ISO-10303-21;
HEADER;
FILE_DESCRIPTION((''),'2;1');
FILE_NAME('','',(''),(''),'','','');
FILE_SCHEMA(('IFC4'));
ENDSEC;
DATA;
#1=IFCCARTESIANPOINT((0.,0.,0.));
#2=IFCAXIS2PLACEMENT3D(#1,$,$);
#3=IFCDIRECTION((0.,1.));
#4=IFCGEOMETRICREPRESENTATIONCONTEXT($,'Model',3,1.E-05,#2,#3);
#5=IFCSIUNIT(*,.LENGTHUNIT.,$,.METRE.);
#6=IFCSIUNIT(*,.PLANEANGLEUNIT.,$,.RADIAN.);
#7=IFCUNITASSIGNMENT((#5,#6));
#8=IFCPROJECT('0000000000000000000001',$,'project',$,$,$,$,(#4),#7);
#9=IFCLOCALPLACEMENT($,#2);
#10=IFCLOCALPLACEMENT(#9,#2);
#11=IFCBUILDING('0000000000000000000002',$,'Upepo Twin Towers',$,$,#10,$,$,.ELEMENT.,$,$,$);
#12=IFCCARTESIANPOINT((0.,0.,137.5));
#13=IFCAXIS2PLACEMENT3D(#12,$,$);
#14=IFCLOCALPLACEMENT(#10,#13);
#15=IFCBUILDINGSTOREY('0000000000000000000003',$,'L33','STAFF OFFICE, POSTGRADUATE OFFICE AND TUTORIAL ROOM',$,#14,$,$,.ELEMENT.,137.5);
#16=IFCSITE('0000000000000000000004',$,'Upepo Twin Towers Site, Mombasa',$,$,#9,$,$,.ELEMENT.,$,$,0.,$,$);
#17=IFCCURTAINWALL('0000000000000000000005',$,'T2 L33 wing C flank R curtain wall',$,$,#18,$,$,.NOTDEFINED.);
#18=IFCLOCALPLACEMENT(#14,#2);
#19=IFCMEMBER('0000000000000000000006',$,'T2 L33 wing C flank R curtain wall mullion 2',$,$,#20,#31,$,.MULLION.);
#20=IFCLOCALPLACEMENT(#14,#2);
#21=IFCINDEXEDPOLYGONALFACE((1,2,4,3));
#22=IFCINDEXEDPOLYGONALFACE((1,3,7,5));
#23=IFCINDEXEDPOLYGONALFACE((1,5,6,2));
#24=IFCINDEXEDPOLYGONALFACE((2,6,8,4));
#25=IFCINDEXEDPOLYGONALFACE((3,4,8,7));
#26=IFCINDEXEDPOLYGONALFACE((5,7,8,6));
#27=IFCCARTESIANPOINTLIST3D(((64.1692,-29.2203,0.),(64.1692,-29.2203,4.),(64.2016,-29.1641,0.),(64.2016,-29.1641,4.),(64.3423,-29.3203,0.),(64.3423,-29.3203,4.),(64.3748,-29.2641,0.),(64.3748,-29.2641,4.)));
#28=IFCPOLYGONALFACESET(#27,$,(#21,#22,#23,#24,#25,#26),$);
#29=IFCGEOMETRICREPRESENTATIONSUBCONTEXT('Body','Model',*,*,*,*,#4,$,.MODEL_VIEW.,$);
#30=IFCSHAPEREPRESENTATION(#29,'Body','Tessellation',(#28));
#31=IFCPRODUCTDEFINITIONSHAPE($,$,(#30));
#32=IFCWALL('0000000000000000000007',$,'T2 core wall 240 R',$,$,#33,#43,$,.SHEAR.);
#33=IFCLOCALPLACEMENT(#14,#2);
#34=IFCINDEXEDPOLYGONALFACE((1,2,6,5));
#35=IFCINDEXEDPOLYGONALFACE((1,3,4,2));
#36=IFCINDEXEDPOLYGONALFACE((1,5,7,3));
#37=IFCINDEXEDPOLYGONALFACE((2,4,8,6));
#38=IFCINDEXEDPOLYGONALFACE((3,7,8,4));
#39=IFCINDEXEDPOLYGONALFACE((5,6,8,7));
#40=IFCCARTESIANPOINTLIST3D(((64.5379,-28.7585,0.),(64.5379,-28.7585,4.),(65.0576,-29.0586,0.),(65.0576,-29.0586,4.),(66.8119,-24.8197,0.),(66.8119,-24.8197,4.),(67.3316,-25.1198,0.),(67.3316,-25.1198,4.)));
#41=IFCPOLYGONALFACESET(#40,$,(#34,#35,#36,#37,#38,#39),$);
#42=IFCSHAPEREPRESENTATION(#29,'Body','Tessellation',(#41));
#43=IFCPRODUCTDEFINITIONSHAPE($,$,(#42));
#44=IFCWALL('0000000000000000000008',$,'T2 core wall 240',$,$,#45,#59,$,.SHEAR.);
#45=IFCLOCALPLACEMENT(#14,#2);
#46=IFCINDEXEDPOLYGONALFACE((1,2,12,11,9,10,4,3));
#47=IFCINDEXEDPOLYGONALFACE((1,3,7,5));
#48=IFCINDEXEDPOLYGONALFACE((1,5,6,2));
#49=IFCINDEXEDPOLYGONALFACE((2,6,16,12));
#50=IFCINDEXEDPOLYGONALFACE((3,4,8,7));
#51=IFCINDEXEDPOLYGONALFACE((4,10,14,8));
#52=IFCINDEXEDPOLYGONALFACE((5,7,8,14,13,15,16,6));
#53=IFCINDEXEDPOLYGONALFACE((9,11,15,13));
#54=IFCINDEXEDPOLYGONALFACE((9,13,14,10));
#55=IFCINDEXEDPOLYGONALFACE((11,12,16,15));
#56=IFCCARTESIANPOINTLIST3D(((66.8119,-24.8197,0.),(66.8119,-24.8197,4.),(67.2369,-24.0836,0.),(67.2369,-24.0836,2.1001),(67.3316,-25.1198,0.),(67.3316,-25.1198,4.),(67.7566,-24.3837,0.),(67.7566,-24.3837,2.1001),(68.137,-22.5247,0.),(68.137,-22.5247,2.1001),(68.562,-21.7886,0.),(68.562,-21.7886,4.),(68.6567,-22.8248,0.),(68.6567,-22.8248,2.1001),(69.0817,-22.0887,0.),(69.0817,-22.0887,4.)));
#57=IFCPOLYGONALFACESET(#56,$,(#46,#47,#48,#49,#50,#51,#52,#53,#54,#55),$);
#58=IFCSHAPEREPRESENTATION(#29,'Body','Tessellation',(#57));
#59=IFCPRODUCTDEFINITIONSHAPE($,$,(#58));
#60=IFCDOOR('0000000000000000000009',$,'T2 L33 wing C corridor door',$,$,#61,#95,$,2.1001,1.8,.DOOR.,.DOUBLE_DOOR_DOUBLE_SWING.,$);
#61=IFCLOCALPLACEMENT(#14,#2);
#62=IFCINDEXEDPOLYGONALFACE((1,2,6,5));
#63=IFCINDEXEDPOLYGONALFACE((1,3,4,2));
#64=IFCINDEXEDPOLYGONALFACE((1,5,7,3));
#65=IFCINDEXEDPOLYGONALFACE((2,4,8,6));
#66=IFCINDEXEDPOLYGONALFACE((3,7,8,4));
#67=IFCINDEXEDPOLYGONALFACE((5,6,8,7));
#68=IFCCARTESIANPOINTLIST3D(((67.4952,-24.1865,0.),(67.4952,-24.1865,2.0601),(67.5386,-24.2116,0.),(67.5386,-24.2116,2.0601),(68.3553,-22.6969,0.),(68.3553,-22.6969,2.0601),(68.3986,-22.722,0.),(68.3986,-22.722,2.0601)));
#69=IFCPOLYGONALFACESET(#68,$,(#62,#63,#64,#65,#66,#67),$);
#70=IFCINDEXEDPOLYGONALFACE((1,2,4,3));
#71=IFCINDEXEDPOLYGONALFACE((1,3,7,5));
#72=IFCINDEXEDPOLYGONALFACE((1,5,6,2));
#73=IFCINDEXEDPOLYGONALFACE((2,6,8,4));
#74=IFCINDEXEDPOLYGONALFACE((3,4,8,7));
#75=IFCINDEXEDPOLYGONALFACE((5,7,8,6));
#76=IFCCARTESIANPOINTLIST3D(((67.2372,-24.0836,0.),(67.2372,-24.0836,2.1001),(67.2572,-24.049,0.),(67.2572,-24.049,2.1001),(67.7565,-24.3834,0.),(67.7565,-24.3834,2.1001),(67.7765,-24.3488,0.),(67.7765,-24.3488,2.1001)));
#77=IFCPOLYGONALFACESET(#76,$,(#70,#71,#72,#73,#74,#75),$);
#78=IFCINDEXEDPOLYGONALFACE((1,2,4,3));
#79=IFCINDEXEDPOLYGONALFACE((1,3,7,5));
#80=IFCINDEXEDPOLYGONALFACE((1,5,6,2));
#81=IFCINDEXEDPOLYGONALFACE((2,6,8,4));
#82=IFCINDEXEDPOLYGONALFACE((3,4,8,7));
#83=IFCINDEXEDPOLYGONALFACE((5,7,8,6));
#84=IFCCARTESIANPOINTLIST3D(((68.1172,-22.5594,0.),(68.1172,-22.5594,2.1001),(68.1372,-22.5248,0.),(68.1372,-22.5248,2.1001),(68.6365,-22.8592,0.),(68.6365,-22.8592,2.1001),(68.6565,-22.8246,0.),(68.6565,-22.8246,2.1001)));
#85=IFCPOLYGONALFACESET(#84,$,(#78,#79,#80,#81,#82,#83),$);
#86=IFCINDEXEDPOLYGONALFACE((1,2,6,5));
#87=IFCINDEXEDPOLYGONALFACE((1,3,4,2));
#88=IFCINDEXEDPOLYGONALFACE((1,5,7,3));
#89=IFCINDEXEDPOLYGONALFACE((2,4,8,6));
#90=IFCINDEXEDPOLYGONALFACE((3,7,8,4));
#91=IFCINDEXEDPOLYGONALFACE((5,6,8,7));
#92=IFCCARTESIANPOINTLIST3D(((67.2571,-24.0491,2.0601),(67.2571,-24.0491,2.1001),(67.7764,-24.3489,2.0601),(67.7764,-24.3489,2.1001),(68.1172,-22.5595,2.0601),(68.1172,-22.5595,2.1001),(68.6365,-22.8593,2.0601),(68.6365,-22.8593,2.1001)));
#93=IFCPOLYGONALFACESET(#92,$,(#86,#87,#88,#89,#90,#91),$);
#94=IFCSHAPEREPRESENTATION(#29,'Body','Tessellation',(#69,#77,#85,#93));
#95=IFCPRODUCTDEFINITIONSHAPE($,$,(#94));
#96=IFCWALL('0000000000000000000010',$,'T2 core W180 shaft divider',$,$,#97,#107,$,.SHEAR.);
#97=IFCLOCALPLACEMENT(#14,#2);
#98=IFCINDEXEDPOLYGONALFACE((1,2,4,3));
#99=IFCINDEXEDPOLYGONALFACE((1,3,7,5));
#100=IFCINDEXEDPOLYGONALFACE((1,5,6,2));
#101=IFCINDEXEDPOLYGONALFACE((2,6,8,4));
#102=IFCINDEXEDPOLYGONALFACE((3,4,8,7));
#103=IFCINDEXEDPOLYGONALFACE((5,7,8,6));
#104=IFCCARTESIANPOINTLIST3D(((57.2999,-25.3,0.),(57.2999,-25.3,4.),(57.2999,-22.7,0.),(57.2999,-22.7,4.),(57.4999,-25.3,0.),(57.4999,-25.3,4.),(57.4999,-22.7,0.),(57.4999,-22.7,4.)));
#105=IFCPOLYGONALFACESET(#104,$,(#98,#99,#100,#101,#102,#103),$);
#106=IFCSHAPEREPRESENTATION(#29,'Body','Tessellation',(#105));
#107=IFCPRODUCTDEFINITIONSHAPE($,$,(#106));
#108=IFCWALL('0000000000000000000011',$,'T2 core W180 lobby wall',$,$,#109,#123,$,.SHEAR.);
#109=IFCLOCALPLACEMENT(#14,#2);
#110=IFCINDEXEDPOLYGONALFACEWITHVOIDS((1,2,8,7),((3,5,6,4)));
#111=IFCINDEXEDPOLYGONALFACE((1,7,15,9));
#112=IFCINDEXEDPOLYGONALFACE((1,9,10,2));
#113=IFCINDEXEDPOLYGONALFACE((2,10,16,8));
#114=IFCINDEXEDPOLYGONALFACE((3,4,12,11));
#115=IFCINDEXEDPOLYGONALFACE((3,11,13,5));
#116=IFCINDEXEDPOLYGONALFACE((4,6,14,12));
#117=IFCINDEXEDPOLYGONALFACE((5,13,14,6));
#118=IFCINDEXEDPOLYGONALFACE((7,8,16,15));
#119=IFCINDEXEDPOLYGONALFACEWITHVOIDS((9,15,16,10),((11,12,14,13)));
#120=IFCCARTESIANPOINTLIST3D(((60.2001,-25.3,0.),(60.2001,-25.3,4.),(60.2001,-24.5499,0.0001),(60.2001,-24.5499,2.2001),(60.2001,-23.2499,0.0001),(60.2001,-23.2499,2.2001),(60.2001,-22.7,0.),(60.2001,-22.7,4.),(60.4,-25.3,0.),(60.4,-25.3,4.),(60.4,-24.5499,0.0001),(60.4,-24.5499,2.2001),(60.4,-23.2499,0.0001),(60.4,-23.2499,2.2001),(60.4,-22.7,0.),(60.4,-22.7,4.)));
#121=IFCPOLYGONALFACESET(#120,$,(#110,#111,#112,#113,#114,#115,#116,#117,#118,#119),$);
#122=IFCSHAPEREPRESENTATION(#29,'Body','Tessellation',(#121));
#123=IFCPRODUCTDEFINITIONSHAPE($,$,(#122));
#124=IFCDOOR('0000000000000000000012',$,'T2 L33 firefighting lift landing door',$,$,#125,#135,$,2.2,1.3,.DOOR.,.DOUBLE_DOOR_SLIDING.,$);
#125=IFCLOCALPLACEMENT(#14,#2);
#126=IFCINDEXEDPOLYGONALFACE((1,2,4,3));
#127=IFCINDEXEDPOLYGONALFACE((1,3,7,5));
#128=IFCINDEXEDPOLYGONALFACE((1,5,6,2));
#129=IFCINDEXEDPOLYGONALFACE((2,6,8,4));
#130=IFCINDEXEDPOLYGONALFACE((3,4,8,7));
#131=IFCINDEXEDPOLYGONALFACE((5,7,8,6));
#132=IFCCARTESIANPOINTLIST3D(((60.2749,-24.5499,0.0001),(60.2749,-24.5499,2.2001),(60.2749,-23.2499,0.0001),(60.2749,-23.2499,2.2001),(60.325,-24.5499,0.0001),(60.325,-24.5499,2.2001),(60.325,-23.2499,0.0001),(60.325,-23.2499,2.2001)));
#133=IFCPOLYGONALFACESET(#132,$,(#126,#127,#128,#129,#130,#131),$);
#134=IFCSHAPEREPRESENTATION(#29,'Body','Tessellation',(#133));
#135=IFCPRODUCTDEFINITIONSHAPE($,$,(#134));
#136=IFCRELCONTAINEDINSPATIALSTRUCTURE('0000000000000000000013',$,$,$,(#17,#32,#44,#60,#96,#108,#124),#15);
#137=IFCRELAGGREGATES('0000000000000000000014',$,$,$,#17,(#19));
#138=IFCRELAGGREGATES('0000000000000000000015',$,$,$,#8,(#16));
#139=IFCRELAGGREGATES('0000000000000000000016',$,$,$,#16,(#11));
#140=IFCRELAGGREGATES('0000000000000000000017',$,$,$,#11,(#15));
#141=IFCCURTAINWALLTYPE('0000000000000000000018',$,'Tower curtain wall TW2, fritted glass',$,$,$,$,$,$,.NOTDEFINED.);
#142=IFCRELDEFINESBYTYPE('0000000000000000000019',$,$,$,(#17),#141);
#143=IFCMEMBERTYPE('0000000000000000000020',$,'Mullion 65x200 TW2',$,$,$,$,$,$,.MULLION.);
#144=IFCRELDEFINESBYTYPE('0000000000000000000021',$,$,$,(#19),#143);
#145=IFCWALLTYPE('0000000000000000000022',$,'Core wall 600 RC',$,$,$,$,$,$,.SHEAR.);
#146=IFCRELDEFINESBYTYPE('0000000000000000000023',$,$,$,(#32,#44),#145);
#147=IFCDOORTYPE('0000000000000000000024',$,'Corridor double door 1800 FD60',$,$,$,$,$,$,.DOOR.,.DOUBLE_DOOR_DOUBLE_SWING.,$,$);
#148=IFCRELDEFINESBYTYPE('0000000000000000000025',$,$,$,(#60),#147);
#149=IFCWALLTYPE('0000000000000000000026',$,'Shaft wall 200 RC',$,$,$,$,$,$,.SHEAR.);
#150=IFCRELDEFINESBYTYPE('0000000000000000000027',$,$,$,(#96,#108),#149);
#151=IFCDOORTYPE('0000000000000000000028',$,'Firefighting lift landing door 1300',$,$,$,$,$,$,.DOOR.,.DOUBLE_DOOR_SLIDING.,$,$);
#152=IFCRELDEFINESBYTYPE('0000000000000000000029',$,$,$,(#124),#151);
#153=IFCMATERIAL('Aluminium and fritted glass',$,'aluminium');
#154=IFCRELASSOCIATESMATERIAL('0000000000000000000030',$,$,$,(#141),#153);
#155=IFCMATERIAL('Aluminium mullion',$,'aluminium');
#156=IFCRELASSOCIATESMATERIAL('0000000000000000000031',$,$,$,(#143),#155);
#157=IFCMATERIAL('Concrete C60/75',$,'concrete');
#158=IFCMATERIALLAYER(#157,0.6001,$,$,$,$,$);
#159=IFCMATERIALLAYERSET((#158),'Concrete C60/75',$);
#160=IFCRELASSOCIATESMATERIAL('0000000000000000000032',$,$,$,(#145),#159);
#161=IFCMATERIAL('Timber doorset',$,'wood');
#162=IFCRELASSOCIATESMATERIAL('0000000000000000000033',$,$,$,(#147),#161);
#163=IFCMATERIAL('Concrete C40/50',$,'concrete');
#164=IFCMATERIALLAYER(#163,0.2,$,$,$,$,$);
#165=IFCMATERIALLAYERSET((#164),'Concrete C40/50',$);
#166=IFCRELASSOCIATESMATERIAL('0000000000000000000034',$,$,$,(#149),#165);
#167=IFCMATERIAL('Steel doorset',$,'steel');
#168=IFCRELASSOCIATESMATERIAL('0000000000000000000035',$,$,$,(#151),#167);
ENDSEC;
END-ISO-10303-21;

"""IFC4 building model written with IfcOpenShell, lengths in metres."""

from ifc_helpers import new_model, si_unit, direction, frame, frame_2d, origin, origin_2d, place, context, subcontext, project, spatial, rectangle, extrude, material, layer, layer_set, material_profile, profile_set, type_object, element, fill, aggregate, save


model = new_model("IFC4")

# Units and contexts
model_context = context("Model", 3, precision=1e-05, world=origin(), true_north=direction((0.0, 1.0)))
body_context = subcontext(model_context, "Body", "Model", "MODEL_VIEW")
ifc_project = project(units=[si_unit("LENGTHUNIT", "METRE"), si_unit("PLANEANGLEUNIT", "RADIAN")], contexts=[model_context])

# Site, building, storey
site_placement = place(None, origin())
site = spatial("IfcSite", under=ifc_project, at=site_placement, Name="Upepo Twin Towers Site, Mombasa", CompositionType="ELEMENT", RefElevation=0.0)
building_placement = place(site_placement, origin())
building = spatial("IfcBuilding", under=site, at=building_placement, Name="Upepo Twin Towers", CompositionType="ELEMENT")
storey_placement = place(building_placement, frame((0.0, 0.0, 137.5)))
storey = spatial("IfcBuildingStorey", under=building, at=storey_placement, Name="L33", Description="STAFF OFFICE, POSTGRADUATE OFFICE AND TUTORIAL ROOM", CompositionType="ELEMENT", Elevation=137.5)

# Curtain wall, member
ifc_material_1 = material(Name="Aluminium and fritted glass", Category="aluminium")
curtain_wall_type = type_object("IfcCurtainWallType", Name="Tower curtain wall TW2, fritted glass", PredefinedType="NOTDEFINED", material=ifc_material_1)
curtain_wall_placement = place(storey_placement, origin())
curtain_wall = element("IfcCurtainWall", 1, at=curtain_wall_placement, inside=storey, type_object=curtain_wall_type, Name="T2 L33 wing C flank R curtain wall", PredefinedType="NOTDEFINED")
ifc_material_2 = material(Name="Aluminium mullion", Category="aluminium")
ifc_material_profile = material_profile(ifc_material_2, rectangle(XDim=0.0649, YDim=0.2, at=origin_2d()), Name="MULLION 65x200")
ifc_profile_set = profile_set([ifc_material_profile], Name="Aluminium mullion")
member_type = type_object("IfcMemberType", Name="Mullion 65x200 TW2", PredefinedType="MULLION", material=ifc_profile_set)
member_placement = place(storey_placement, frame((64.272, -29.2422, 0.0), z_axis=(0.0, 0.0, 1.0), x_axis=(-0.5, -0.866025, 0.0)))
member = element("IfcMember", 2, at=member_placement, type_object=member_type, Name="T2 L33 wing C flank R curtain wall mullion 2", PredefinedType="MULLION", context=body_context, shape_type="SweptSolid", body=[
    extrude(rectangle(XDim=0.0649, YDim=0.2, at=origin_2d()), origin(), (0.0, 0.0, 1.0), 4.0),
])
aggregate(curtain_wall, [member])

# Wall
ifc_material_3 = material(Name="Concrete C60/75", Category="concrete")
ifc_layer_1 = layer(ifc_material_3, 0.6001)
ifc_layer_set_1 = layer_set([ifc_layer_1], Name="Concrete C60/75")
wall_type_1 = type_object("IfcWallType", Name="Core wall 600 RC", PredefinedType="SHEAR", material=ifc_layer_set_1)
wall_1_placement = place(storey_placement, frame((64.7979, -28.9084, 0.0), z_axis=(0.0, 0.0, 1.0), x_axis=(0.499984, 0.866035, 0.0)))
element("IfcWall", 3, at=wall_1_placement, inside=storey, type_object=wall_type_1, Name="T2 core wall 240 R", PredefinedType="SHEAR", context=body_context, shape_type="SweptSolid", body=[
    extrude(rectangle(XDim=4.5481, YDim=0.6001, at=frame_2d((2.2739, 0.0))), origin(), (0.0, 0.0, 1.0), 4.0),
])

# Wall, opening, door
wall_2_placement = place(storey_placement, frame((67.0718, -24.9697, 0.0), z_axis=(0.0, 0.0, 1.0), x_axis=(0.50001, 0.866019, 0.0)))
wall_2 = element("IfcWall", 4, at=wall_2_placement, inside=storey, type_object=wall_type_1, Name="T2 core wall 240", PredefinedType="SHEAR", context=body_context, shape_type="SweptSolid", body=[
    extrude(rectangle(XDim=3.5, YDim=0.6001, at=frame_2d((1.75, 0.0))), origin(), (0.0, 0.0, 1.0), 4.0),
])
opening_1_placement = place(wall_2_placement, frame((0.8501, 0.0, 0.0)))
opening_1 = element("IfcOpeningElement", 5, at=opening_1_placement, cuts=wall_2, PredefinedType="OPENING", context=body_context, shape_type="SweptSolid", body=[
    extrude(rectangle(XDim=1.8, YDim=2.1001, at=frame_2d((0.8999, 1.05))), frame((0.0, 0.3101, 0.0), z_axis=(0.0, -1.0, 0.0), x_axis=(1.0, 0.0, 0.0)), (0.0, 0.0, 1.0), 0.6201),
])
ifc_material_4 = material(Name="Timber doorset", Category="wood")
door_type_1 = type_object("IfcDoorType", Name="Corridor double door 1800 FD60", OperationType="DOUBLE_DOOR_DOUBLE_SWING", PredefinedType="DOOR", material=ifc_material_4)
door_1_placement = place(opening_1_placement, origin())
door_1 = element("IfcDoor", 6, at=door_1_placement, inside=storey, type_object=door_type_1, Name="T2 L33 wing C corridor door", OperationType="DOUBLE_DOOR_DOUBLE_SWING", OverallHeight=2.1001, OverallWidth=1.8, PredefinedType="DOOR", context=body_context, shape_type="SweptSolid", body=[
    extrude(rectangle(XDim=1.72, YDim=2.0601, at=frame_2d((0.8999, 1.03))), frame((0.0, 0.0249, 0.0), z_axis=(0.0, -1.0, 0.0), x_axis=(1.0, 0.0, 0.0)), (0.0, 0.0, 1.0), 0.05),
    extrude(rectangle(XDim=0.04, YDim=2.1001, at=frame_2d((0.02, 1.05))), frame((0.0, 0.2998, 0.0), z_axis=(0.0, -1.0, 0.0), x_axis=(1.0, 0.0, 0.0)), (0.0, 0.0, 1.0), 0.5996),
    extrude(rectangle(XDim=0.04, YDim=2.1001, at=frame_2d((1.78, 1.05))), frame((0.0, 0.2998, 0.0), z_axis=(0.0, -1.0, 0.0), x_axis=(1.0, 0.0, 0.0)), (0.0, 0.0, 1.0), 0.5996),
    extrude(rectangle(XDim=1.72, YDim=0.04, at=frame_2d((0.8999, 2.0801))), frame((0.0, 0.2998, 0.0), z_axis=(0.0, -1.0, 0.0), x_axis=(1.0, 0.0, 0.0)), (0.0, 0.0, 1.0), 0.5996),
])
fill(opening_1, door_1)

# Wall
ifc_material_5 = material(Name="Concrete C40/50", Category="concrete")
ifc_layer_2 = layer(ifc_material_5, 0.2)
ifc_layer_set_2 = layer_set([ifc_layer_2], Name="Concrete C40/50")
wall_type_2 = type_object("IfcWallType", Name="Shaft wall 200 RC", PredefinedType="SHEAR", material=ifc_layer_set_2)
wall_3_placement = place(storey_placement, frame((57.3999, -22.7, 0.0), z_axis=(0.0, 0.0, 1.0), x_axis=(0.0, -1.0, 0.0)))
element("IfcWall", 7, at=wall_3_placement, inside=storey, type_object=wall_type_2, Name="T2 core W180 shaft divider", PredefinedType="SHEAR", context=body_context, shape_type="SweptSolid", body=[
    extrude(rectangle(XDim=2.6001, YDim=0.2, at=frame_2d((1.3, 0.0))), origin(), (0.0, 0.0, 1.0), 4.0),
])

# Wall, opening, door
wall_4_placement = place(storey_placement, frame((60.3, -22.7, 0.0), z_axis=(0.0, 0.0, 1.0), x_axis=(0.0, -1.0, 0.0)))
wall_4 = element("IfcWall", 8, at=wall_4_placement, inside=storey, type_object=wall_type_2, Name="T2 core W180 lobby wall", PredefinedType="SHEAR", context=body_context, shape_type="SweptSolid", body=[
    extrude(rectangle(XDim=2.6001, YDim=0.2, at=frame_2d((1.3, 0.0))), origin(), (0.0, 0.0, 1.0), 4.0),
])
opening_2_placement = place(wall_4_placement, frame((0.55, 0.0, 0.0)))
opening_2 = element("IfcOpeningElement", 9, at=opening_2_placement, cuts=wall_4, PredefinedType="OPENING", context=body_context, shape_type="SweptSolid", body=[
    extrude(rectangle(XDim=1.3, YDim=2.2, at=frame_2d((0.6499, 1.1001))), frame((0.0, 0.1099, 0.0), z_axis=(0.0, -1.0, 0.0), x_axis=(1.0, 0.0, 0.0)), (0.0, 0.0, 1.0), 0.22),
])
ifc_material_6 = material(Name="Steel doorset", Category="steel")
door_type_2 = type_object("IfcDoorType", Name="Firefighting lift landing door 1300", OperationType="DOUBLE_DOOR_SLIDING", PredefinedType="DOOR", material=ifc_material_6)
door_2_placement = place(opening_2_placement, origin())
door_2 = element("IfcDoor", 10, at=door_2_placement, inside=storey, type_object=door_type_2, Name="T2 L33 firefighting lift landing door", OperationType="DOUBLE_DOOR_SLIDING", OverallHeight=2.2, OverallWidth=1.3, PredefinedType="DOOR", context=body_context, shape_type="SweptSolid", body=[
    extrude(rectangle(XDim=1.3, YDim=2.2, at=frame_2d((0.6499, 1.1001))), frame((0.0, 0.0249, 0.0), z_axis=(0.0, -1.0, 0.0), x_axis=(1.0, 0.0, 0.0)), (0.0, 0.0, 1.0), 0.05),
])
fill(opening_2, door_2)

save(model, "model.ifc")
